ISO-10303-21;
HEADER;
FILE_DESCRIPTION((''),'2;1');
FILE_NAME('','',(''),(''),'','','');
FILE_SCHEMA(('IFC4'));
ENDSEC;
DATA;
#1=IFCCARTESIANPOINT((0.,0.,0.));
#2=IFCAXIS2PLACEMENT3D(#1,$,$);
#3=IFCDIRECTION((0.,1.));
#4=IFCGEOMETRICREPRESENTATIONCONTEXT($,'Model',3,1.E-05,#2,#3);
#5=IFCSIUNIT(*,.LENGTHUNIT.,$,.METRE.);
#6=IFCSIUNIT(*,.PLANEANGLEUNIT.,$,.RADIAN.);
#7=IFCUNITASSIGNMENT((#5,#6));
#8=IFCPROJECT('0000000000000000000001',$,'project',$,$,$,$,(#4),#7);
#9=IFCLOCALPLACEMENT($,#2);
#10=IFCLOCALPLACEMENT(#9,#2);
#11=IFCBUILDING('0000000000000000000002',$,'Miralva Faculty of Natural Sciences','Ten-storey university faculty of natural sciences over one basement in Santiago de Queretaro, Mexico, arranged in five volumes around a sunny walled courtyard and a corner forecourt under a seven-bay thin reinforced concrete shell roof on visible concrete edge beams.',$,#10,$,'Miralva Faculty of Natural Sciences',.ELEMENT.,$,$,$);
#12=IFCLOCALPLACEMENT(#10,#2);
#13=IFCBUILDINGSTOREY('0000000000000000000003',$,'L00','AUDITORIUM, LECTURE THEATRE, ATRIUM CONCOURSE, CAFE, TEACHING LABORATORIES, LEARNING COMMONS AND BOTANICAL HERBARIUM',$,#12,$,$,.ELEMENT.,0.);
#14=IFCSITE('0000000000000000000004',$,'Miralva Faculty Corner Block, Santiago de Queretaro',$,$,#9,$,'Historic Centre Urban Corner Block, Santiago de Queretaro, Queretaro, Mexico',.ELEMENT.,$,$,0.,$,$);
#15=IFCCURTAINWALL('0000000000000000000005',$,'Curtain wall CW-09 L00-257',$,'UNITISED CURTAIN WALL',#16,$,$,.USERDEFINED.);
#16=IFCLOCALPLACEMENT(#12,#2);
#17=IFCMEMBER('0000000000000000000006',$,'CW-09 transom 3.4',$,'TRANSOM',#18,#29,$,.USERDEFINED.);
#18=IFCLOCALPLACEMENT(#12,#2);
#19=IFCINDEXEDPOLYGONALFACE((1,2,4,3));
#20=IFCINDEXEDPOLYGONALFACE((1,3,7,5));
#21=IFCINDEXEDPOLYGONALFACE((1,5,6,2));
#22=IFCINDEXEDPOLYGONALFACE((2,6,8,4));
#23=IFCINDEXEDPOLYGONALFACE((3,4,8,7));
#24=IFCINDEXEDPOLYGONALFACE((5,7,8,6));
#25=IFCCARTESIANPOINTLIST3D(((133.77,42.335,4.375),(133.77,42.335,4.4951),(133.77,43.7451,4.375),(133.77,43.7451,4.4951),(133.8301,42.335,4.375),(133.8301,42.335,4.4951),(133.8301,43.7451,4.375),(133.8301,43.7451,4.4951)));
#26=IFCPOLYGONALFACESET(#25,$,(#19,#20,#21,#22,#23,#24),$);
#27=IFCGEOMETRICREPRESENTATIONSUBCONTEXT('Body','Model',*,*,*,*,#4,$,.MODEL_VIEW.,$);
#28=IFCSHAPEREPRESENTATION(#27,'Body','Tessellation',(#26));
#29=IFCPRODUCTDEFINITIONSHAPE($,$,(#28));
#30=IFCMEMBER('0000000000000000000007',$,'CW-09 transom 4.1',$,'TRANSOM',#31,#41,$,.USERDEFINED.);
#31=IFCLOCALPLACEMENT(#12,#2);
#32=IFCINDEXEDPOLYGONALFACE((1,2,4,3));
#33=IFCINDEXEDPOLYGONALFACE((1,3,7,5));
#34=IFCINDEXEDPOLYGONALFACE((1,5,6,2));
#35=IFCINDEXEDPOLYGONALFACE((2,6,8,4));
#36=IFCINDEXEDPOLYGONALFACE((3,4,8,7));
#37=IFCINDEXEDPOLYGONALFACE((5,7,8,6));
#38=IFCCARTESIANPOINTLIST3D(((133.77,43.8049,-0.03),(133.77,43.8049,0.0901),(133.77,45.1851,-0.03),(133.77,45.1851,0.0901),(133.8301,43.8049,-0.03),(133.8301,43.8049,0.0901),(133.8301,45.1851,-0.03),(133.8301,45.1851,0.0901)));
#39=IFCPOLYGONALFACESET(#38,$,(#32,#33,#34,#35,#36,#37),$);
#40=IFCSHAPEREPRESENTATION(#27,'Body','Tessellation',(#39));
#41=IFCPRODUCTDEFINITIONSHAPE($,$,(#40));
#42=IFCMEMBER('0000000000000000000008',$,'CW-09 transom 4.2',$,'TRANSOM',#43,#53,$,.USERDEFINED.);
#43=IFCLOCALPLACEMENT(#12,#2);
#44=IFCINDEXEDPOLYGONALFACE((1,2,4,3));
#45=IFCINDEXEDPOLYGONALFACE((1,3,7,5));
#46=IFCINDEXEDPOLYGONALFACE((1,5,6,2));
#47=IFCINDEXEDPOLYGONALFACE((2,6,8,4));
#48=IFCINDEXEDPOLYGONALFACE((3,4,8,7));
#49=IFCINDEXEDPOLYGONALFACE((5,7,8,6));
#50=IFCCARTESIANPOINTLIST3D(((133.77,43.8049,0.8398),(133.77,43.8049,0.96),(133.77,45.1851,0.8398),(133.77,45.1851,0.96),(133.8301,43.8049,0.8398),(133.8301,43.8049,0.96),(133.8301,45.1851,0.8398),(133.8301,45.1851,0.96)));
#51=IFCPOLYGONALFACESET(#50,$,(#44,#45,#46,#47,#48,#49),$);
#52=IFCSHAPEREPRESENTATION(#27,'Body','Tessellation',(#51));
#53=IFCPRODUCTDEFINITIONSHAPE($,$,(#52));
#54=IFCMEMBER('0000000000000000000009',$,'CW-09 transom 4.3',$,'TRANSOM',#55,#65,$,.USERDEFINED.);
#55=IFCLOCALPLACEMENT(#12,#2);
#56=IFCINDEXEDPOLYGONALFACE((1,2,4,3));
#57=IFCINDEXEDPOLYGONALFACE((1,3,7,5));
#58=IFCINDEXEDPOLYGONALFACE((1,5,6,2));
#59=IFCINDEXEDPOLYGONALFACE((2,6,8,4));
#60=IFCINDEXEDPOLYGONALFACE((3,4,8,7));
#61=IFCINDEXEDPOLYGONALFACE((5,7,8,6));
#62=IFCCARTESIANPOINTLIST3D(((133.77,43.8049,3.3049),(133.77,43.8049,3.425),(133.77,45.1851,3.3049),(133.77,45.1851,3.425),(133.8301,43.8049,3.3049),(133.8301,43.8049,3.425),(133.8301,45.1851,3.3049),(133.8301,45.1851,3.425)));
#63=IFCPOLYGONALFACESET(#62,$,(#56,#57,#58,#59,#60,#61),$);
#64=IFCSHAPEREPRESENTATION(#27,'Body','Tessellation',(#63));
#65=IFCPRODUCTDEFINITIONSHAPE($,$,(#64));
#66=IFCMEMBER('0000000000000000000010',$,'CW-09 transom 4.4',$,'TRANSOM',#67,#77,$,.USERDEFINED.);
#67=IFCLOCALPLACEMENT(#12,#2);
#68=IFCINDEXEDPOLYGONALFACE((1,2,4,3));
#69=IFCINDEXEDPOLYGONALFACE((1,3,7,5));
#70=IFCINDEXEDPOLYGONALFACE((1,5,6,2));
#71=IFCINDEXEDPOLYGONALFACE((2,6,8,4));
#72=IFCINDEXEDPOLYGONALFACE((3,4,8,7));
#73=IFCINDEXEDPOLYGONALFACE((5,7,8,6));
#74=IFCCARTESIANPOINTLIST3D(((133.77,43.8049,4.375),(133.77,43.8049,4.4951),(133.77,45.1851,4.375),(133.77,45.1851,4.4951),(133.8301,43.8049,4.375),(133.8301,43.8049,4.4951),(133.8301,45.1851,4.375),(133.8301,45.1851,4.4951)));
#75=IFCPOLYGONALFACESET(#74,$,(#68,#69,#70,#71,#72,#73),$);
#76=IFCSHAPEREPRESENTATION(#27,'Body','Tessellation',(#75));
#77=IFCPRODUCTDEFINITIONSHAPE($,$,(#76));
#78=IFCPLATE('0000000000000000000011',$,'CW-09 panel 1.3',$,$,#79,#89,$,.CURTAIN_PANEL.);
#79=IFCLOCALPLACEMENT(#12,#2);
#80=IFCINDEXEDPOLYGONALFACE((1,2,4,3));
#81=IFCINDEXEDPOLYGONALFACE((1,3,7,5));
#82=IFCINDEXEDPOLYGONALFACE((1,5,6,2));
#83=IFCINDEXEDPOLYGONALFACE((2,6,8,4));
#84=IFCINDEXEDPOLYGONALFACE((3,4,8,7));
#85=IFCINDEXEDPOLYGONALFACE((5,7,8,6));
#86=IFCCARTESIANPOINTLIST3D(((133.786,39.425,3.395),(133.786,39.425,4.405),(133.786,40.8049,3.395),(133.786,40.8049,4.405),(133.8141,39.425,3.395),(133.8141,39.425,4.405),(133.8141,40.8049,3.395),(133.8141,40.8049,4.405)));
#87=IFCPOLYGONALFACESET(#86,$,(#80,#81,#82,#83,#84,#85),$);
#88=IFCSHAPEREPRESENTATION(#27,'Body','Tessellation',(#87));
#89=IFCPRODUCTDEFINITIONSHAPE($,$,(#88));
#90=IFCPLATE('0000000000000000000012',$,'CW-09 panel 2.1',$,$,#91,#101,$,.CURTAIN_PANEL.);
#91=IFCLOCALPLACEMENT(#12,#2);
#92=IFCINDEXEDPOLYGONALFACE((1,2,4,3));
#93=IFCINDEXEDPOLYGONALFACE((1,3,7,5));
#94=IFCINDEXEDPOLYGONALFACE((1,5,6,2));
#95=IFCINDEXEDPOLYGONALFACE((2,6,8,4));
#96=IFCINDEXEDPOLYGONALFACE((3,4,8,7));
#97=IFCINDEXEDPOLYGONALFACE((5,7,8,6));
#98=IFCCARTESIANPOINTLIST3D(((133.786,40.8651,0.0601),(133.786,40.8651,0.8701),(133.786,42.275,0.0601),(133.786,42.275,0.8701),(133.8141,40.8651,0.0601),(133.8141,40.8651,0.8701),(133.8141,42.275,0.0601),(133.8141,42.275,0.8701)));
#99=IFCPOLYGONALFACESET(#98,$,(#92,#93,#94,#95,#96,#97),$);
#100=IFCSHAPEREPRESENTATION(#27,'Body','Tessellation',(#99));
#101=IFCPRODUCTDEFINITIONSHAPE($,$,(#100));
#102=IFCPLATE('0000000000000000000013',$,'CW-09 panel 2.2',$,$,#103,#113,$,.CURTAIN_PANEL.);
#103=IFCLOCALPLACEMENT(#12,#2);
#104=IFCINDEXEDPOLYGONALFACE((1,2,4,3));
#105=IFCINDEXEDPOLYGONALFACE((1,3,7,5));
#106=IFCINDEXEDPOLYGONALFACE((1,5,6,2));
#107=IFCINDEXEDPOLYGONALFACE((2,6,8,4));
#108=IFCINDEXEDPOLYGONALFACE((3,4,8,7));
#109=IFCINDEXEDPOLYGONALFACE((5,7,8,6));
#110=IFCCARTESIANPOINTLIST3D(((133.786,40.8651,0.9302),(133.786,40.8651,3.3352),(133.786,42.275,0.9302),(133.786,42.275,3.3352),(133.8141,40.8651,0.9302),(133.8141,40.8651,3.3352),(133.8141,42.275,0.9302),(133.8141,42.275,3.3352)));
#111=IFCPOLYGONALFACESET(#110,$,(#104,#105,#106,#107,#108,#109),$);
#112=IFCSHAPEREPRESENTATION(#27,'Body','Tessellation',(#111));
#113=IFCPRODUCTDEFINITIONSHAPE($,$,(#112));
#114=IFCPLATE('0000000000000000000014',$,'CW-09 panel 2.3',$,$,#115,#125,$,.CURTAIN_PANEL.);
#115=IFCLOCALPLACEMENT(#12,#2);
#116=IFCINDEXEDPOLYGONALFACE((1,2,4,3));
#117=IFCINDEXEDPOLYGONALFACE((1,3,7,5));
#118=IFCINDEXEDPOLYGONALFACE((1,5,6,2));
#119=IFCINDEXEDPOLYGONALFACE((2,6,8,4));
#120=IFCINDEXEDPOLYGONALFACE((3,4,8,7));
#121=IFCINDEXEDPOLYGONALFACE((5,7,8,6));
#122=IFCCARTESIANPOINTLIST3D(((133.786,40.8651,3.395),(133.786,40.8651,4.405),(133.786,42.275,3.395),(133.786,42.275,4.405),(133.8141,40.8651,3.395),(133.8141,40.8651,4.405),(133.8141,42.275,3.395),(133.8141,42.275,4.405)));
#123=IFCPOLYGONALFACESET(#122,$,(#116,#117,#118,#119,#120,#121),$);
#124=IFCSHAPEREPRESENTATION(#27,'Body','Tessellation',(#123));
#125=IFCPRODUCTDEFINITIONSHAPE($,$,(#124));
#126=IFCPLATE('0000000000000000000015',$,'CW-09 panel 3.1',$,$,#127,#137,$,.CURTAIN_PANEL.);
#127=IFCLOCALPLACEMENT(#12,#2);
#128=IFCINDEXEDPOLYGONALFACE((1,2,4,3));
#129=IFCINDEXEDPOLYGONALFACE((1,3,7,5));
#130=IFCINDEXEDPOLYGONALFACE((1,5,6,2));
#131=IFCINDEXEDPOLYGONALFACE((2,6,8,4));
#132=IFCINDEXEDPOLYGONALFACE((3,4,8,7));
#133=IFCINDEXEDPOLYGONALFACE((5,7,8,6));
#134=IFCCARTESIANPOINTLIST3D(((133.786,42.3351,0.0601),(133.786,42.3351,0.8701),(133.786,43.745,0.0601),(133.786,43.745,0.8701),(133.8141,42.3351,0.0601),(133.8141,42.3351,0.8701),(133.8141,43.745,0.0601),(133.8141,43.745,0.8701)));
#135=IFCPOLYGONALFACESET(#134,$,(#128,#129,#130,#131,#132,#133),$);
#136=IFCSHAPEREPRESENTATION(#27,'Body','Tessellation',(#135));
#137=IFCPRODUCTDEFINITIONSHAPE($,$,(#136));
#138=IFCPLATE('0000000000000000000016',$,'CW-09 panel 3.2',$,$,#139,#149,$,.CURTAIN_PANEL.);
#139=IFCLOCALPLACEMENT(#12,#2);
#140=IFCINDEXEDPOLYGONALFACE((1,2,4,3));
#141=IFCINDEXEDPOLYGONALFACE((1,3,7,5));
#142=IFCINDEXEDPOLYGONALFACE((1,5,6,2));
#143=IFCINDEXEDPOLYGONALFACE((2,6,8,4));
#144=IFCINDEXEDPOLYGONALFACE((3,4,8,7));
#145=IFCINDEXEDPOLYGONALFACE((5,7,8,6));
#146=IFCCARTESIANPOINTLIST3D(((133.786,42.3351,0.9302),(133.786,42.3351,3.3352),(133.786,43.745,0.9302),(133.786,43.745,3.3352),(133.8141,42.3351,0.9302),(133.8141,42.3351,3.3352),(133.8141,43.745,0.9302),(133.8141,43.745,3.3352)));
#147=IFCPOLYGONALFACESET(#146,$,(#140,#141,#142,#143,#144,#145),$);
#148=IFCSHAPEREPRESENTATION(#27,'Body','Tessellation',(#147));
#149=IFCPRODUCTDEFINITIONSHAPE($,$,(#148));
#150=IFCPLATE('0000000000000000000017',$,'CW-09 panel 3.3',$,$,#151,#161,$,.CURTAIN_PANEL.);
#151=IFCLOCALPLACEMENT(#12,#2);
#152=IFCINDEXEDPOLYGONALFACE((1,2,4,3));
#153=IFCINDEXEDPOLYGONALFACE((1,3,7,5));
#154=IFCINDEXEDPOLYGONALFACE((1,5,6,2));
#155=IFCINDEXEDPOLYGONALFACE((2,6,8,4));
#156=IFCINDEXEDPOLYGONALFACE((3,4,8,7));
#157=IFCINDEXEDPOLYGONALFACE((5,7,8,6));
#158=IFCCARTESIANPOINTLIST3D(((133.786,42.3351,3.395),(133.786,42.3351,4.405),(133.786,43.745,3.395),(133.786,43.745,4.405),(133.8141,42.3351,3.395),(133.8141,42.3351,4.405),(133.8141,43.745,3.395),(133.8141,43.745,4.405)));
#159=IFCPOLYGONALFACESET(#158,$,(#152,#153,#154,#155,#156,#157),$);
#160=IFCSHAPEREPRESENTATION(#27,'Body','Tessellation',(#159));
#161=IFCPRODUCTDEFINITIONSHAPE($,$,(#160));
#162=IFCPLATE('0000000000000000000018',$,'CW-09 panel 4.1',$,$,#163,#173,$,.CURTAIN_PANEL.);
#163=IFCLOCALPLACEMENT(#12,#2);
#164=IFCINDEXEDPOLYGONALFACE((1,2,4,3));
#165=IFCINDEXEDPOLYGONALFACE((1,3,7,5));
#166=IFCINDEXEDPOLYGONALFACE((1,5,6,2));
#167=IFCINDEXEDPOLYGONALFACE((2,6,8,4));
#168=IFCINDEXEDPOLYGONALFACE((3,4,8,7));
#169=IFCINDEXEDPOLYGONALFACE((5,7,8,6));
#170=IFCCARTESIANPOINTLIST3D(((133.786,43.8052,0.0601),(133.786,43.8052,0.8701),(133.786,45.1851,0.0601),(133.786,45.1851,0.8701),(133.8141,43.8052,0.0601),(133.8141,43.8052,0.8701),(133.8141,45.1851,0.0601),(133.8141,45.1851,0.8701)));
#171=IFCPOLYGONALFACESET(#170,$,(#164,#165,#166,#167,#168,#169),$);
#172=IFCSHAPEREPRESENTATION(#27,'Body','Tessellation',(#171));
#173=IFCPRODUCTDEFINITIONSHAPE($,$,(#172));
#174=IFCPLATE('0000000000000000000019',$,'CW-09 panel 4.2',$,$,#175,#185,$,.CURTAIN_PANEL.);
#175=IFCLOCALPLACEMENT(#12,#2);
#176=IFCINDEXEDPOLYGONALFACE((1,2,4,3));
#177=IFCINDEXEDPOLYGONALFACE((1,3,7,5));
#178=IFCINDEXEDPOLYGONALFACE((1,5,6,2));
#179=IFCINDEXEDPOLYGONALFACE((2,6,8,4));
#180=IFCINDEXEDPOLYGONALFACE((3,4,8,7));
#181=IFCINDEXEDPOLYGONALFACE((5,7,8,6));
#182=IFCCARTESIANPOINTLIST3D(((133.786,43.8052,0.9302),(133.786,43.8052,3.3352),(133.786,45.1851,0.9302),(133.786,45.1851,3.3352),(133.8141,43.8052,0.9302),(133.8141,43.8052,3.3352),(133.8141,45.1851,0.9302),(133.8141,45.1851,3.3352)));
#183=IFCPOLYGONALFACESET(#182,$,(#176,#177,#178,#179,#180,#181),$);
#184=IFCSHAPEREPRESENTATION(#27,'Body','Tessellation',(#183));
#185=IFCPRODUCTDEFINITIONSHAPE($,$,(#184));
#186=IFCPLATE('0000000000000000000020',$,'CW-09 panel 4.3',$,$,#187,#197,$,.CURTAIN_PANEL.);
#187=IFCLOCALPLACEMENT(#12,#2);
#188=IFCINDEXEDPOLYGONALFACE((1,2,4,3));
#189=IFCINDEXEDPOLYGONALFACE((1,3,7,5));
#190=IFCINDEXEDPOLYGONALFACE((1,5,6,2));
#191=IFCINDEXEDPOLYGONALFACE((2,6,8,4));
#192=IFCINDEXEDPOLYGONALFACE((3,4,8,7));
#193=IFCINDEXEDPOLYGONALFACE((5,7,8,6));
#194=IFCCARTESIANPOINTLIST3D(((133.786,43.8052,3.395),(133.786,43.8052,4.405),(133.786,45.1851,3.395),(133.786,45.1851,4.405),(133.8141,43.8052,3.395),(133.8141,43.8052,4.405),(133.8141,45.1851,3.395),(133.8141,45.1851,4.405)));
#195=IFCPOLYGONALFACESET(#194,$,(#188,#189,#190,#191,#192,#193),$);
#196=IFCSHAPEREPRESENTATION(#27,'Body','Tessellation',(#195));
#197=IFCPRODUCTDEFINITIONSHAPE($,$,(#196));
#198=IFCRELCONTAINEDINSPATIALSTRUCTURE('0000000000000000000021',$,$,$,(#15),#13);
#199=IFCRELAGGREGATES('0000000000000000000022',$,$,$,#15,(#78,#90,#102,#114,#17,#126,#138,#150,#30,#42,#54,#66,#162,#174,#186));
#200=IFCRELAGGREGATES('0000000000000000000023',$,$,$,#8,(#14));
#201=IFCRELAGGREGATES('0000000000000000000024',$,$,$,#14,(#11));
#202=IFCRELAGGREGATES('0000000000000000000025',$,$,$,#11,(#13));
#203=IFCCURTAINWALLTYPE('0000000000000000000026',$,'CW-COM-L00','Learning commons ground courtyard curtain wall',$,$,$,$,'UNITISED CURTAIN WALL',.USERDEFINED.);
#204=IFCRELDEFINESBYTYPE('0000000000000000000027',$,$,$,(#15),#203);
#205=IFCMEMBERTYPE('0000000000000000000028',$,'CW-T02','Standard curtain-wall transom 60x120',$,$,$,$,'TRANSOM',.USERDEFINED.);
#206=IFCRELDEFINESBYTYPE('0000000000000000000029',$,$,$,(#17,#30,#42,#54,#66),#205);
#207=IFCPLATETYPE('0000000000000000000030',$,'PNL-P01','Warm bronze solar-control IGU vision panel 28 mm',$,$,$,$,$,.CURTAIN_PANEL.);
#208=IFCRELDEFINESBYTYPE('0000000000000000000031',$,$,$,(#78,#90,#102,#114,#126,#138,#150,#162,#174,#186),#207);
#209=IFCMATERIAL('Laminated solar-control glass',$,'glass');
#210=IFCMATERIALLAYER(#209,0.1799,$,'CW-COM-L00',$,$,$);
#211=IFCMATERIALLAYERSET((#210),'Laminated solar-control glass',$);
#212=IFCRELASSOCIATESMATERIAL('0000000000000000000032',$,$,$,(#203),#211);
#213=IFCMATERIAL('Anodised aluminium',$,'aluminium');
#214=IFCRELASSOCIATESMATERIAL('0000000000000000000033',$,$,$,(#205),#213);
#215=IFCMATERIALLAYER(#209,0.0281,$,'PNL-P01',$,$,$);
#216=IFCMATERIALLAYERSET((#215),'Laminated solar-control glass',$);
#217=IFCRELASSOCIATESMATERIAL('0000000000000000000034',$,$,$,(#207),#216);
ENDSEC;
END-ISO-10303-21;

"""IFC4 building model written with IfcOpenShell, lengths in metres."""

from ifc_helpers import new_model, si_unit, direction, frame, origin, origin_2d, place, context, subcontext, project, spatial, rectangle, extrude, material, layer, layer_set, material_profile, profile_set, type_object, element, aggregate, save


model = new_model("IFC4")

# Units and contexts
model_context = context("Model", 3, precision=1e-05, world=origin(), true_north=direction((0.0, 1.0)))
body_context = subcontext(model_context, "Body", "Model", "MODEL_VIEW")
ifc_project = project(units=[si_unit("LENGTHUNIT", "METRE"), si_unit("PLANEANGLEUNIT", "RADIAN")], contexts=[model_context])

# Site, building, storey
site_placement = place(None, origin())
site = spatial("IfcSite", under=ifc_project, at=site_placement, Name="Miralva Faculty Corner Block, Santiago de Queretaro", LongName="Historic Centre Urban Corner Block, Santiago de Queretaro, Queretaro, Mexico", CompositionType="ELEMENT", RefElevation=0.0)
building_placement = place(site_placement, origin())
building = spatial("IfcBuilding", under=site, at=building_placement, Name="Miralva Faculty of Natural Sciences", Description="Ten-storey university faculty of natural sciences over one basement in Santiago de Queretaro, Mexico, arranged in five volumes around a sunny walled courtyard and a corner forecourt under a seven-bay thin reinforced concrete shell roof on visible concrete edge beams.", LongName="Miralva Faculty of Natural Sciences", CompositionType="ELEMENT")
storey_placement = place(building_placement, origin())
storey = spatial("IfcBuildingStorey", under=building, at=storey_placement, Name="L00", Description="AUDITORIUM, LECTURE THEATRE, ATRIUM CONCOURSE, CAFE, TEACHING LABORATORIES, LEARNING COMMONS AND BOTANICAL HERBARIUM", CompositionType="ELEMENT", Elevation=0.0)

# Curtain wall
ifc_material_1 = material(Name="Laminated solar-control glass", Category="glass")
ifc_layer_1 = layer(ifc_material_1, 0.1799, Name="CW-COM-L00")
ifc_layer_set_1 = layer_set([ifc_layer_1], Name="Laminated solar-control glass")
curtain_wall_type = type_object("IfcCurtainWallType", Name="CW-COM-L00", Description="Learning commons ground courtyard curtain wall", ElementType="UNITISED CURTAIN WALL", PredefinedType="USERDEFINED", material=ifc_layer_set_1)
curtain_wall_1_placement = place(storey_placement, origin())
curtain_wall_1 = element("IfcCurtainWall", 1, at=curtain_wall_1_placement, inside=storey, type_object=curtain_wall_type, Name="Curtain wall CW-09 L00-257", ObjectType="UNITISED CURTAIN WALL", PredefinedType="USERDEFINED")
ifc_material_2 = material(Name="Anodised aluminium", Category="aluminium")

# Members
ifc_material_profile_1 = material_profile(ifc_material_2, rectangle(XDim=0.0601, YDim=0.1201, at=origin_2d()), Name="TRANSOM 60x120")
ifc_profile_set_1 = profile_set([ifc_material_profile_1], Name="Anodised aluminium")
member_type_1 = type_object("IfcMemberType", Name="CW-T02", Description="Standard curtain-wall transom 60x120", ElementType="TRANSOM", PredefinedType="USERDEFINED", material=ifc_profile_set_1)
member_1_placement = place(storey_placement, frame((133.8, 42.335, 4.4351), z_axis=(0.0, 1.0, 0.0), x_axis=(-1.0, 0.0, 0.0)))
member_1 = element("IfcMember", 2, at=member_1_placement, type_object=member_type_1, Name="CW-09 transom 3.4", ObjectType="TRANSOM", PredefinedType="USERDEFINED", context=body_context, shape_type="SweptSolid", body=[
    extrude(rectangle(XDim=0.0601, YDim=0.1201, at=origin_2d()), origin(), (0.0, 0.0, 1.0), 1.4102),
])
member_2_placement = place(storey_placement, frame((133.8, 43.8049, 0.03), z_axis=(0.0, 1.0, 0.0), x_axis=(-1.0, 0.0, 0.0)))
member_2 = element("IfcMember", 3, at=member_2_placement, type_object=member_type_1, Name="CW-09 transom 4.1", ObjectType="TRANSOM", PredefinedType="USERDEFINED", context=body_context, shape_type="SweptSolid", body=[
    extrude(rectangle(XDim=0.0601, YDim=0.1201, at=origin_2d()), origin(), (0.0, 0.0, 1.0), 1.3801),
])
member_3_placement = place(storey_placement, frame((133.8, 43.8049, 0.8999), z_axis=(0.0, 1.0, 0.0), x_axis=(-1.0, 0.0, 0.0)))
member_3 = element("IfcMember", 4, at=member_3_placement, type_object=member_type_1, Name="CW-09 transom 4.2", ObjectType="TRANSOM", PredefinedType="USERDEFINED", context=body_context, shape_type="SweptSolid", body=[
    extrude(rectangle(XDim=0.0601, YDim=0.1201, at=origin_2d()), origin(), (0.0, 0.0, 1.0), 1.3801),
])
member_4_placement = place(storey_placement, frame((133.8, 43.8049, 3.365), z_axis=(0.0, 1.0, 0.0), x_axis=(-1.0, 0.0, 0.0)))
member_4 = element("IfcMember", 5, at=member_4_placement, type_object=member_type_1, Name="CW-09 transom 4.3", ObjectType="TRANSOM", PredefinedType="USERDEFINED", context=body_context, shape_type="SweptSolid", body=[
    extrude(rectangle(XDim=0.0601, YDim=0.1201, at=origin_2d()), origin(), (0.0, 0.0, 1.0), 1.3801),
])
member_5_placement = place(storey_placement, frame((133.8, 43.8049, 4.4351), z_axis=(0.0, 1.0, 0.0), x_axis=(-1.0, 0.0, 0.0)))
member_5 = element("IfcMember", 6, at=member_5_placement, type_object=member_type_1, Name="CW-09 transom 4.4", ObjectType="TRANSOM", PredefinedType="USERDEFINED", context=body_context, shape_type="SweptSolid", body=[
    extrude(rectangle(XDim=0.0601, YDim=0.1201, at=origin_2d()), origin(), (0.0, 0.0, 1.0), 1.3801),
])

# Plates
ifc_layer_2 = layer(ifc_material_1, 0.0281, Name="PNL-P01")
ifc_layer_set_2 = layer_set([ifc_layer_2], Name="Laminated solar-control glass")
plate_type = type_object("IfcPlateType", Name="PNL-P01", Description="Warm bronze solar-control IGU vision panel 28 mm", PredefinedType="CURTAIN_PANEL", material=ifc_layer_set_2)
plate_1_placement = place(storey_placement, frame((133.8, 40.115, 3.395), z_axis=(0.0, 0.0, 1.0), x_axis=(0.0, 1.0, 0.0)))
plate_1 = element("IfcPlate", 7, at=plate_1_placement, type_object=plate_type, Name="CW-09 panel 1.3", PredefinedType="CURTAIN_PANEL", context=body_context, shape_type="SweptSolid", body=[
    extrude(rectangle(XDim=1.3799, YDim=0.0281, at=origin_2d()), origin(), (0.0, 0.0, 1.0), 1.01),
])
plate_2_placement = place(storey_placement, frame((133.8, 41.5701, 0.0601), z_axis=(0.0, 0.0, 1.0), x_axis=(0.0, 1.0, 0.0)))
plate_2 = element("IfcPlate", 8, at=plate_2_placement, type_object=plate_type, Name="CW-09 panel 2.1", PredefinedType="CURTAIN_PANEL", context=body_context, shape_type="SweptSolid", body=[
    extrude(rectangle(XDim=1.4099, YDim=0.0281, at=origin_2d()), origin(), (0.0, 0.0, 1.0), 0.8101),
])
plate_3_placement = place(storey_placement, frame((133.8, 41.5701, 0.9302), z_axis=(0.0, 0.0, 1.0), x_axis=(0.0, 1.0, 0.0)))
plate_3 = element("IfcPlate", 9, at=plate_3_placement, type_object=plate_type, Name="CW-09 panel 2.2", PredefinedType="CURTAIN_PANEL", context=body_context, shape_type="SweptSolid", body=[
    extrude(rectangle(XDim=1.4099, YDim=0.0281, at=origin_2d()), origin(), (0.0, 0.0, 1.0), 2.405),
])
plate_4_placement = place(storey_placement, frame((133.8, 41.5701, 3.395), z_axis=(0.0, 0.0, 1.0), x_axis=(0.0, 1.0, 0.0)))
plate_4 = element("IfcPlate", 10, at=plate_4_placement, type_object=plate_type, Name="CW-09 panel 2.3", PredefinedType="CURTAIN_PANEL", context=body_context, shape_type="SweptSolid", body=[
    extrude(rectangle(XDim=1.4099, YDim=0.0281, at=origin_2d()), origin(), (0.0, 0.0, 1.0), 1.01),
])
plate_5_placement = place(storey_placement, frame((133.8, 43.04, 0.0601), z_axis=(0.0, 0.0, 1.0), x_axis=(0.0, 1.0, 0.0)))
plate_5 = element("IfcPlate", 11, at=plate_5_placement, type_object=plate_type, Name="CW-09 panel 3.1", PredefinedType="CURTAIN_PANEL", context=body_context, shape_type="SweptSolid", body=[
    extrude(rectangle(XDim=1.4099, YDim=0.0281, at=origin_2d()), origin(), (0.0, 0.0, 1.0), 0.8101),
])
plate_6_placement = place(storey_placement, frame((133.8, 43.04, 0.9302), z_axis=(0.0, 0.0, 1.0), x_axis=(0.0, 1.0, 0.0)))
plate_6 = element("IfcPlate", 12, at=plate_6_placement, type_object=plate_type, Name="CW-09 panel 3.2", PredefinedType="CURTAIN_PANEL", context=body_context, shape_type="SweptSolid", body=[
    extrude(rectangle(XDim=1.4099, YDim=0.0281, at=origin_2d()), origin(), (0.0, 0.0, 1.0), 2.405),
])
plate_7_placement = place(storey_placement, frame((133.8, 43.04, 3.395), z_axis=(0.0, 0.0, 1.0), x_axis=(0.0, 1.0, 0.0)))
plate_7 = element("IfcPlate", 13, at=plate_7_placement, type_object=plate_type, Name="CW-09 panel 3.3", PredefinedType="CURTAIN_PANEL", context=body_context, shape_type="SweptSolid", body=[
    extrude(rectangle(XDim=1.4099, YDim=0.0281, at=origin_2d()), origin(), (0.0, 0.0, 1.0), 1.01),
])
plate_8_placement = place(storey_placement, frame((133.8, 44.4951, 0.0601), z_axis=(0.0, 0.0, 1.0), x_axis=(0.0, 1.0, 0.0)))
plate_8 = element("IfcPlate", 14, at=plate_8_placement, type_object=plate_type, Name="CW-09 panel 4.1", PredefinedType="CURTAIN_PANEL", context=body_context, shape_type="SweptSolid", body=[
    extrude(rectangle(XDim=1.3799, YDim=0.0281, at=origin_2d()), origin(), (0.0, 0.0, 1.0), 0.8101),
])
plate_9_placement = place(storey_placement, frame((133.8, 44.4951, 0.9302), z_axis=(0.0, 0.0, 1.0), x_axis=(0.0, 1.0, 0.0)))
plate_9 = element("IfcPlate", 15, at=plate_9_placement, type_object=plate_type, Name="CW-09 panel 4.2", PredefinedType="CURTAIN_PANEL", context=body_context, shape_type="SweptSolid", body=[
    extrude(rectangle(XDim=1.3799, YDim=0.0281, at=origin_2d()), origin(), (0.0, 0.0, 1.0), 2.405),
])
plate_10_placement = place(storey_placement, frame((133.8, 44.4951, 3.395), z_axis=(0.0, 0.0, 1.0), x_axis=(0.0, 1.0, 0.0)))
plate_10 = element("IfcPlate", 16, at=plate_10_placement, type_object=plate_type, Name="CW-09 panel 4.3", PredefinedType="CURTAIN_PANEL", context=body_context, shape_type="SweptSolid", body=[
    extrude(rectangle(XDim=1.3799, YDim=0.0281, at=origin_2d()), origin(), (0.0, 0.0, 1.0), 1.01),
])
aggregate(curtain_wall_1, [plate_1, plate_2, plate_3, plate_4, member_1, plate_5, plate_6, plate_7, member_2, member_3, member_4, member_5, plate_8, plate_9, plate_10])

save(model, "model.ifc")
